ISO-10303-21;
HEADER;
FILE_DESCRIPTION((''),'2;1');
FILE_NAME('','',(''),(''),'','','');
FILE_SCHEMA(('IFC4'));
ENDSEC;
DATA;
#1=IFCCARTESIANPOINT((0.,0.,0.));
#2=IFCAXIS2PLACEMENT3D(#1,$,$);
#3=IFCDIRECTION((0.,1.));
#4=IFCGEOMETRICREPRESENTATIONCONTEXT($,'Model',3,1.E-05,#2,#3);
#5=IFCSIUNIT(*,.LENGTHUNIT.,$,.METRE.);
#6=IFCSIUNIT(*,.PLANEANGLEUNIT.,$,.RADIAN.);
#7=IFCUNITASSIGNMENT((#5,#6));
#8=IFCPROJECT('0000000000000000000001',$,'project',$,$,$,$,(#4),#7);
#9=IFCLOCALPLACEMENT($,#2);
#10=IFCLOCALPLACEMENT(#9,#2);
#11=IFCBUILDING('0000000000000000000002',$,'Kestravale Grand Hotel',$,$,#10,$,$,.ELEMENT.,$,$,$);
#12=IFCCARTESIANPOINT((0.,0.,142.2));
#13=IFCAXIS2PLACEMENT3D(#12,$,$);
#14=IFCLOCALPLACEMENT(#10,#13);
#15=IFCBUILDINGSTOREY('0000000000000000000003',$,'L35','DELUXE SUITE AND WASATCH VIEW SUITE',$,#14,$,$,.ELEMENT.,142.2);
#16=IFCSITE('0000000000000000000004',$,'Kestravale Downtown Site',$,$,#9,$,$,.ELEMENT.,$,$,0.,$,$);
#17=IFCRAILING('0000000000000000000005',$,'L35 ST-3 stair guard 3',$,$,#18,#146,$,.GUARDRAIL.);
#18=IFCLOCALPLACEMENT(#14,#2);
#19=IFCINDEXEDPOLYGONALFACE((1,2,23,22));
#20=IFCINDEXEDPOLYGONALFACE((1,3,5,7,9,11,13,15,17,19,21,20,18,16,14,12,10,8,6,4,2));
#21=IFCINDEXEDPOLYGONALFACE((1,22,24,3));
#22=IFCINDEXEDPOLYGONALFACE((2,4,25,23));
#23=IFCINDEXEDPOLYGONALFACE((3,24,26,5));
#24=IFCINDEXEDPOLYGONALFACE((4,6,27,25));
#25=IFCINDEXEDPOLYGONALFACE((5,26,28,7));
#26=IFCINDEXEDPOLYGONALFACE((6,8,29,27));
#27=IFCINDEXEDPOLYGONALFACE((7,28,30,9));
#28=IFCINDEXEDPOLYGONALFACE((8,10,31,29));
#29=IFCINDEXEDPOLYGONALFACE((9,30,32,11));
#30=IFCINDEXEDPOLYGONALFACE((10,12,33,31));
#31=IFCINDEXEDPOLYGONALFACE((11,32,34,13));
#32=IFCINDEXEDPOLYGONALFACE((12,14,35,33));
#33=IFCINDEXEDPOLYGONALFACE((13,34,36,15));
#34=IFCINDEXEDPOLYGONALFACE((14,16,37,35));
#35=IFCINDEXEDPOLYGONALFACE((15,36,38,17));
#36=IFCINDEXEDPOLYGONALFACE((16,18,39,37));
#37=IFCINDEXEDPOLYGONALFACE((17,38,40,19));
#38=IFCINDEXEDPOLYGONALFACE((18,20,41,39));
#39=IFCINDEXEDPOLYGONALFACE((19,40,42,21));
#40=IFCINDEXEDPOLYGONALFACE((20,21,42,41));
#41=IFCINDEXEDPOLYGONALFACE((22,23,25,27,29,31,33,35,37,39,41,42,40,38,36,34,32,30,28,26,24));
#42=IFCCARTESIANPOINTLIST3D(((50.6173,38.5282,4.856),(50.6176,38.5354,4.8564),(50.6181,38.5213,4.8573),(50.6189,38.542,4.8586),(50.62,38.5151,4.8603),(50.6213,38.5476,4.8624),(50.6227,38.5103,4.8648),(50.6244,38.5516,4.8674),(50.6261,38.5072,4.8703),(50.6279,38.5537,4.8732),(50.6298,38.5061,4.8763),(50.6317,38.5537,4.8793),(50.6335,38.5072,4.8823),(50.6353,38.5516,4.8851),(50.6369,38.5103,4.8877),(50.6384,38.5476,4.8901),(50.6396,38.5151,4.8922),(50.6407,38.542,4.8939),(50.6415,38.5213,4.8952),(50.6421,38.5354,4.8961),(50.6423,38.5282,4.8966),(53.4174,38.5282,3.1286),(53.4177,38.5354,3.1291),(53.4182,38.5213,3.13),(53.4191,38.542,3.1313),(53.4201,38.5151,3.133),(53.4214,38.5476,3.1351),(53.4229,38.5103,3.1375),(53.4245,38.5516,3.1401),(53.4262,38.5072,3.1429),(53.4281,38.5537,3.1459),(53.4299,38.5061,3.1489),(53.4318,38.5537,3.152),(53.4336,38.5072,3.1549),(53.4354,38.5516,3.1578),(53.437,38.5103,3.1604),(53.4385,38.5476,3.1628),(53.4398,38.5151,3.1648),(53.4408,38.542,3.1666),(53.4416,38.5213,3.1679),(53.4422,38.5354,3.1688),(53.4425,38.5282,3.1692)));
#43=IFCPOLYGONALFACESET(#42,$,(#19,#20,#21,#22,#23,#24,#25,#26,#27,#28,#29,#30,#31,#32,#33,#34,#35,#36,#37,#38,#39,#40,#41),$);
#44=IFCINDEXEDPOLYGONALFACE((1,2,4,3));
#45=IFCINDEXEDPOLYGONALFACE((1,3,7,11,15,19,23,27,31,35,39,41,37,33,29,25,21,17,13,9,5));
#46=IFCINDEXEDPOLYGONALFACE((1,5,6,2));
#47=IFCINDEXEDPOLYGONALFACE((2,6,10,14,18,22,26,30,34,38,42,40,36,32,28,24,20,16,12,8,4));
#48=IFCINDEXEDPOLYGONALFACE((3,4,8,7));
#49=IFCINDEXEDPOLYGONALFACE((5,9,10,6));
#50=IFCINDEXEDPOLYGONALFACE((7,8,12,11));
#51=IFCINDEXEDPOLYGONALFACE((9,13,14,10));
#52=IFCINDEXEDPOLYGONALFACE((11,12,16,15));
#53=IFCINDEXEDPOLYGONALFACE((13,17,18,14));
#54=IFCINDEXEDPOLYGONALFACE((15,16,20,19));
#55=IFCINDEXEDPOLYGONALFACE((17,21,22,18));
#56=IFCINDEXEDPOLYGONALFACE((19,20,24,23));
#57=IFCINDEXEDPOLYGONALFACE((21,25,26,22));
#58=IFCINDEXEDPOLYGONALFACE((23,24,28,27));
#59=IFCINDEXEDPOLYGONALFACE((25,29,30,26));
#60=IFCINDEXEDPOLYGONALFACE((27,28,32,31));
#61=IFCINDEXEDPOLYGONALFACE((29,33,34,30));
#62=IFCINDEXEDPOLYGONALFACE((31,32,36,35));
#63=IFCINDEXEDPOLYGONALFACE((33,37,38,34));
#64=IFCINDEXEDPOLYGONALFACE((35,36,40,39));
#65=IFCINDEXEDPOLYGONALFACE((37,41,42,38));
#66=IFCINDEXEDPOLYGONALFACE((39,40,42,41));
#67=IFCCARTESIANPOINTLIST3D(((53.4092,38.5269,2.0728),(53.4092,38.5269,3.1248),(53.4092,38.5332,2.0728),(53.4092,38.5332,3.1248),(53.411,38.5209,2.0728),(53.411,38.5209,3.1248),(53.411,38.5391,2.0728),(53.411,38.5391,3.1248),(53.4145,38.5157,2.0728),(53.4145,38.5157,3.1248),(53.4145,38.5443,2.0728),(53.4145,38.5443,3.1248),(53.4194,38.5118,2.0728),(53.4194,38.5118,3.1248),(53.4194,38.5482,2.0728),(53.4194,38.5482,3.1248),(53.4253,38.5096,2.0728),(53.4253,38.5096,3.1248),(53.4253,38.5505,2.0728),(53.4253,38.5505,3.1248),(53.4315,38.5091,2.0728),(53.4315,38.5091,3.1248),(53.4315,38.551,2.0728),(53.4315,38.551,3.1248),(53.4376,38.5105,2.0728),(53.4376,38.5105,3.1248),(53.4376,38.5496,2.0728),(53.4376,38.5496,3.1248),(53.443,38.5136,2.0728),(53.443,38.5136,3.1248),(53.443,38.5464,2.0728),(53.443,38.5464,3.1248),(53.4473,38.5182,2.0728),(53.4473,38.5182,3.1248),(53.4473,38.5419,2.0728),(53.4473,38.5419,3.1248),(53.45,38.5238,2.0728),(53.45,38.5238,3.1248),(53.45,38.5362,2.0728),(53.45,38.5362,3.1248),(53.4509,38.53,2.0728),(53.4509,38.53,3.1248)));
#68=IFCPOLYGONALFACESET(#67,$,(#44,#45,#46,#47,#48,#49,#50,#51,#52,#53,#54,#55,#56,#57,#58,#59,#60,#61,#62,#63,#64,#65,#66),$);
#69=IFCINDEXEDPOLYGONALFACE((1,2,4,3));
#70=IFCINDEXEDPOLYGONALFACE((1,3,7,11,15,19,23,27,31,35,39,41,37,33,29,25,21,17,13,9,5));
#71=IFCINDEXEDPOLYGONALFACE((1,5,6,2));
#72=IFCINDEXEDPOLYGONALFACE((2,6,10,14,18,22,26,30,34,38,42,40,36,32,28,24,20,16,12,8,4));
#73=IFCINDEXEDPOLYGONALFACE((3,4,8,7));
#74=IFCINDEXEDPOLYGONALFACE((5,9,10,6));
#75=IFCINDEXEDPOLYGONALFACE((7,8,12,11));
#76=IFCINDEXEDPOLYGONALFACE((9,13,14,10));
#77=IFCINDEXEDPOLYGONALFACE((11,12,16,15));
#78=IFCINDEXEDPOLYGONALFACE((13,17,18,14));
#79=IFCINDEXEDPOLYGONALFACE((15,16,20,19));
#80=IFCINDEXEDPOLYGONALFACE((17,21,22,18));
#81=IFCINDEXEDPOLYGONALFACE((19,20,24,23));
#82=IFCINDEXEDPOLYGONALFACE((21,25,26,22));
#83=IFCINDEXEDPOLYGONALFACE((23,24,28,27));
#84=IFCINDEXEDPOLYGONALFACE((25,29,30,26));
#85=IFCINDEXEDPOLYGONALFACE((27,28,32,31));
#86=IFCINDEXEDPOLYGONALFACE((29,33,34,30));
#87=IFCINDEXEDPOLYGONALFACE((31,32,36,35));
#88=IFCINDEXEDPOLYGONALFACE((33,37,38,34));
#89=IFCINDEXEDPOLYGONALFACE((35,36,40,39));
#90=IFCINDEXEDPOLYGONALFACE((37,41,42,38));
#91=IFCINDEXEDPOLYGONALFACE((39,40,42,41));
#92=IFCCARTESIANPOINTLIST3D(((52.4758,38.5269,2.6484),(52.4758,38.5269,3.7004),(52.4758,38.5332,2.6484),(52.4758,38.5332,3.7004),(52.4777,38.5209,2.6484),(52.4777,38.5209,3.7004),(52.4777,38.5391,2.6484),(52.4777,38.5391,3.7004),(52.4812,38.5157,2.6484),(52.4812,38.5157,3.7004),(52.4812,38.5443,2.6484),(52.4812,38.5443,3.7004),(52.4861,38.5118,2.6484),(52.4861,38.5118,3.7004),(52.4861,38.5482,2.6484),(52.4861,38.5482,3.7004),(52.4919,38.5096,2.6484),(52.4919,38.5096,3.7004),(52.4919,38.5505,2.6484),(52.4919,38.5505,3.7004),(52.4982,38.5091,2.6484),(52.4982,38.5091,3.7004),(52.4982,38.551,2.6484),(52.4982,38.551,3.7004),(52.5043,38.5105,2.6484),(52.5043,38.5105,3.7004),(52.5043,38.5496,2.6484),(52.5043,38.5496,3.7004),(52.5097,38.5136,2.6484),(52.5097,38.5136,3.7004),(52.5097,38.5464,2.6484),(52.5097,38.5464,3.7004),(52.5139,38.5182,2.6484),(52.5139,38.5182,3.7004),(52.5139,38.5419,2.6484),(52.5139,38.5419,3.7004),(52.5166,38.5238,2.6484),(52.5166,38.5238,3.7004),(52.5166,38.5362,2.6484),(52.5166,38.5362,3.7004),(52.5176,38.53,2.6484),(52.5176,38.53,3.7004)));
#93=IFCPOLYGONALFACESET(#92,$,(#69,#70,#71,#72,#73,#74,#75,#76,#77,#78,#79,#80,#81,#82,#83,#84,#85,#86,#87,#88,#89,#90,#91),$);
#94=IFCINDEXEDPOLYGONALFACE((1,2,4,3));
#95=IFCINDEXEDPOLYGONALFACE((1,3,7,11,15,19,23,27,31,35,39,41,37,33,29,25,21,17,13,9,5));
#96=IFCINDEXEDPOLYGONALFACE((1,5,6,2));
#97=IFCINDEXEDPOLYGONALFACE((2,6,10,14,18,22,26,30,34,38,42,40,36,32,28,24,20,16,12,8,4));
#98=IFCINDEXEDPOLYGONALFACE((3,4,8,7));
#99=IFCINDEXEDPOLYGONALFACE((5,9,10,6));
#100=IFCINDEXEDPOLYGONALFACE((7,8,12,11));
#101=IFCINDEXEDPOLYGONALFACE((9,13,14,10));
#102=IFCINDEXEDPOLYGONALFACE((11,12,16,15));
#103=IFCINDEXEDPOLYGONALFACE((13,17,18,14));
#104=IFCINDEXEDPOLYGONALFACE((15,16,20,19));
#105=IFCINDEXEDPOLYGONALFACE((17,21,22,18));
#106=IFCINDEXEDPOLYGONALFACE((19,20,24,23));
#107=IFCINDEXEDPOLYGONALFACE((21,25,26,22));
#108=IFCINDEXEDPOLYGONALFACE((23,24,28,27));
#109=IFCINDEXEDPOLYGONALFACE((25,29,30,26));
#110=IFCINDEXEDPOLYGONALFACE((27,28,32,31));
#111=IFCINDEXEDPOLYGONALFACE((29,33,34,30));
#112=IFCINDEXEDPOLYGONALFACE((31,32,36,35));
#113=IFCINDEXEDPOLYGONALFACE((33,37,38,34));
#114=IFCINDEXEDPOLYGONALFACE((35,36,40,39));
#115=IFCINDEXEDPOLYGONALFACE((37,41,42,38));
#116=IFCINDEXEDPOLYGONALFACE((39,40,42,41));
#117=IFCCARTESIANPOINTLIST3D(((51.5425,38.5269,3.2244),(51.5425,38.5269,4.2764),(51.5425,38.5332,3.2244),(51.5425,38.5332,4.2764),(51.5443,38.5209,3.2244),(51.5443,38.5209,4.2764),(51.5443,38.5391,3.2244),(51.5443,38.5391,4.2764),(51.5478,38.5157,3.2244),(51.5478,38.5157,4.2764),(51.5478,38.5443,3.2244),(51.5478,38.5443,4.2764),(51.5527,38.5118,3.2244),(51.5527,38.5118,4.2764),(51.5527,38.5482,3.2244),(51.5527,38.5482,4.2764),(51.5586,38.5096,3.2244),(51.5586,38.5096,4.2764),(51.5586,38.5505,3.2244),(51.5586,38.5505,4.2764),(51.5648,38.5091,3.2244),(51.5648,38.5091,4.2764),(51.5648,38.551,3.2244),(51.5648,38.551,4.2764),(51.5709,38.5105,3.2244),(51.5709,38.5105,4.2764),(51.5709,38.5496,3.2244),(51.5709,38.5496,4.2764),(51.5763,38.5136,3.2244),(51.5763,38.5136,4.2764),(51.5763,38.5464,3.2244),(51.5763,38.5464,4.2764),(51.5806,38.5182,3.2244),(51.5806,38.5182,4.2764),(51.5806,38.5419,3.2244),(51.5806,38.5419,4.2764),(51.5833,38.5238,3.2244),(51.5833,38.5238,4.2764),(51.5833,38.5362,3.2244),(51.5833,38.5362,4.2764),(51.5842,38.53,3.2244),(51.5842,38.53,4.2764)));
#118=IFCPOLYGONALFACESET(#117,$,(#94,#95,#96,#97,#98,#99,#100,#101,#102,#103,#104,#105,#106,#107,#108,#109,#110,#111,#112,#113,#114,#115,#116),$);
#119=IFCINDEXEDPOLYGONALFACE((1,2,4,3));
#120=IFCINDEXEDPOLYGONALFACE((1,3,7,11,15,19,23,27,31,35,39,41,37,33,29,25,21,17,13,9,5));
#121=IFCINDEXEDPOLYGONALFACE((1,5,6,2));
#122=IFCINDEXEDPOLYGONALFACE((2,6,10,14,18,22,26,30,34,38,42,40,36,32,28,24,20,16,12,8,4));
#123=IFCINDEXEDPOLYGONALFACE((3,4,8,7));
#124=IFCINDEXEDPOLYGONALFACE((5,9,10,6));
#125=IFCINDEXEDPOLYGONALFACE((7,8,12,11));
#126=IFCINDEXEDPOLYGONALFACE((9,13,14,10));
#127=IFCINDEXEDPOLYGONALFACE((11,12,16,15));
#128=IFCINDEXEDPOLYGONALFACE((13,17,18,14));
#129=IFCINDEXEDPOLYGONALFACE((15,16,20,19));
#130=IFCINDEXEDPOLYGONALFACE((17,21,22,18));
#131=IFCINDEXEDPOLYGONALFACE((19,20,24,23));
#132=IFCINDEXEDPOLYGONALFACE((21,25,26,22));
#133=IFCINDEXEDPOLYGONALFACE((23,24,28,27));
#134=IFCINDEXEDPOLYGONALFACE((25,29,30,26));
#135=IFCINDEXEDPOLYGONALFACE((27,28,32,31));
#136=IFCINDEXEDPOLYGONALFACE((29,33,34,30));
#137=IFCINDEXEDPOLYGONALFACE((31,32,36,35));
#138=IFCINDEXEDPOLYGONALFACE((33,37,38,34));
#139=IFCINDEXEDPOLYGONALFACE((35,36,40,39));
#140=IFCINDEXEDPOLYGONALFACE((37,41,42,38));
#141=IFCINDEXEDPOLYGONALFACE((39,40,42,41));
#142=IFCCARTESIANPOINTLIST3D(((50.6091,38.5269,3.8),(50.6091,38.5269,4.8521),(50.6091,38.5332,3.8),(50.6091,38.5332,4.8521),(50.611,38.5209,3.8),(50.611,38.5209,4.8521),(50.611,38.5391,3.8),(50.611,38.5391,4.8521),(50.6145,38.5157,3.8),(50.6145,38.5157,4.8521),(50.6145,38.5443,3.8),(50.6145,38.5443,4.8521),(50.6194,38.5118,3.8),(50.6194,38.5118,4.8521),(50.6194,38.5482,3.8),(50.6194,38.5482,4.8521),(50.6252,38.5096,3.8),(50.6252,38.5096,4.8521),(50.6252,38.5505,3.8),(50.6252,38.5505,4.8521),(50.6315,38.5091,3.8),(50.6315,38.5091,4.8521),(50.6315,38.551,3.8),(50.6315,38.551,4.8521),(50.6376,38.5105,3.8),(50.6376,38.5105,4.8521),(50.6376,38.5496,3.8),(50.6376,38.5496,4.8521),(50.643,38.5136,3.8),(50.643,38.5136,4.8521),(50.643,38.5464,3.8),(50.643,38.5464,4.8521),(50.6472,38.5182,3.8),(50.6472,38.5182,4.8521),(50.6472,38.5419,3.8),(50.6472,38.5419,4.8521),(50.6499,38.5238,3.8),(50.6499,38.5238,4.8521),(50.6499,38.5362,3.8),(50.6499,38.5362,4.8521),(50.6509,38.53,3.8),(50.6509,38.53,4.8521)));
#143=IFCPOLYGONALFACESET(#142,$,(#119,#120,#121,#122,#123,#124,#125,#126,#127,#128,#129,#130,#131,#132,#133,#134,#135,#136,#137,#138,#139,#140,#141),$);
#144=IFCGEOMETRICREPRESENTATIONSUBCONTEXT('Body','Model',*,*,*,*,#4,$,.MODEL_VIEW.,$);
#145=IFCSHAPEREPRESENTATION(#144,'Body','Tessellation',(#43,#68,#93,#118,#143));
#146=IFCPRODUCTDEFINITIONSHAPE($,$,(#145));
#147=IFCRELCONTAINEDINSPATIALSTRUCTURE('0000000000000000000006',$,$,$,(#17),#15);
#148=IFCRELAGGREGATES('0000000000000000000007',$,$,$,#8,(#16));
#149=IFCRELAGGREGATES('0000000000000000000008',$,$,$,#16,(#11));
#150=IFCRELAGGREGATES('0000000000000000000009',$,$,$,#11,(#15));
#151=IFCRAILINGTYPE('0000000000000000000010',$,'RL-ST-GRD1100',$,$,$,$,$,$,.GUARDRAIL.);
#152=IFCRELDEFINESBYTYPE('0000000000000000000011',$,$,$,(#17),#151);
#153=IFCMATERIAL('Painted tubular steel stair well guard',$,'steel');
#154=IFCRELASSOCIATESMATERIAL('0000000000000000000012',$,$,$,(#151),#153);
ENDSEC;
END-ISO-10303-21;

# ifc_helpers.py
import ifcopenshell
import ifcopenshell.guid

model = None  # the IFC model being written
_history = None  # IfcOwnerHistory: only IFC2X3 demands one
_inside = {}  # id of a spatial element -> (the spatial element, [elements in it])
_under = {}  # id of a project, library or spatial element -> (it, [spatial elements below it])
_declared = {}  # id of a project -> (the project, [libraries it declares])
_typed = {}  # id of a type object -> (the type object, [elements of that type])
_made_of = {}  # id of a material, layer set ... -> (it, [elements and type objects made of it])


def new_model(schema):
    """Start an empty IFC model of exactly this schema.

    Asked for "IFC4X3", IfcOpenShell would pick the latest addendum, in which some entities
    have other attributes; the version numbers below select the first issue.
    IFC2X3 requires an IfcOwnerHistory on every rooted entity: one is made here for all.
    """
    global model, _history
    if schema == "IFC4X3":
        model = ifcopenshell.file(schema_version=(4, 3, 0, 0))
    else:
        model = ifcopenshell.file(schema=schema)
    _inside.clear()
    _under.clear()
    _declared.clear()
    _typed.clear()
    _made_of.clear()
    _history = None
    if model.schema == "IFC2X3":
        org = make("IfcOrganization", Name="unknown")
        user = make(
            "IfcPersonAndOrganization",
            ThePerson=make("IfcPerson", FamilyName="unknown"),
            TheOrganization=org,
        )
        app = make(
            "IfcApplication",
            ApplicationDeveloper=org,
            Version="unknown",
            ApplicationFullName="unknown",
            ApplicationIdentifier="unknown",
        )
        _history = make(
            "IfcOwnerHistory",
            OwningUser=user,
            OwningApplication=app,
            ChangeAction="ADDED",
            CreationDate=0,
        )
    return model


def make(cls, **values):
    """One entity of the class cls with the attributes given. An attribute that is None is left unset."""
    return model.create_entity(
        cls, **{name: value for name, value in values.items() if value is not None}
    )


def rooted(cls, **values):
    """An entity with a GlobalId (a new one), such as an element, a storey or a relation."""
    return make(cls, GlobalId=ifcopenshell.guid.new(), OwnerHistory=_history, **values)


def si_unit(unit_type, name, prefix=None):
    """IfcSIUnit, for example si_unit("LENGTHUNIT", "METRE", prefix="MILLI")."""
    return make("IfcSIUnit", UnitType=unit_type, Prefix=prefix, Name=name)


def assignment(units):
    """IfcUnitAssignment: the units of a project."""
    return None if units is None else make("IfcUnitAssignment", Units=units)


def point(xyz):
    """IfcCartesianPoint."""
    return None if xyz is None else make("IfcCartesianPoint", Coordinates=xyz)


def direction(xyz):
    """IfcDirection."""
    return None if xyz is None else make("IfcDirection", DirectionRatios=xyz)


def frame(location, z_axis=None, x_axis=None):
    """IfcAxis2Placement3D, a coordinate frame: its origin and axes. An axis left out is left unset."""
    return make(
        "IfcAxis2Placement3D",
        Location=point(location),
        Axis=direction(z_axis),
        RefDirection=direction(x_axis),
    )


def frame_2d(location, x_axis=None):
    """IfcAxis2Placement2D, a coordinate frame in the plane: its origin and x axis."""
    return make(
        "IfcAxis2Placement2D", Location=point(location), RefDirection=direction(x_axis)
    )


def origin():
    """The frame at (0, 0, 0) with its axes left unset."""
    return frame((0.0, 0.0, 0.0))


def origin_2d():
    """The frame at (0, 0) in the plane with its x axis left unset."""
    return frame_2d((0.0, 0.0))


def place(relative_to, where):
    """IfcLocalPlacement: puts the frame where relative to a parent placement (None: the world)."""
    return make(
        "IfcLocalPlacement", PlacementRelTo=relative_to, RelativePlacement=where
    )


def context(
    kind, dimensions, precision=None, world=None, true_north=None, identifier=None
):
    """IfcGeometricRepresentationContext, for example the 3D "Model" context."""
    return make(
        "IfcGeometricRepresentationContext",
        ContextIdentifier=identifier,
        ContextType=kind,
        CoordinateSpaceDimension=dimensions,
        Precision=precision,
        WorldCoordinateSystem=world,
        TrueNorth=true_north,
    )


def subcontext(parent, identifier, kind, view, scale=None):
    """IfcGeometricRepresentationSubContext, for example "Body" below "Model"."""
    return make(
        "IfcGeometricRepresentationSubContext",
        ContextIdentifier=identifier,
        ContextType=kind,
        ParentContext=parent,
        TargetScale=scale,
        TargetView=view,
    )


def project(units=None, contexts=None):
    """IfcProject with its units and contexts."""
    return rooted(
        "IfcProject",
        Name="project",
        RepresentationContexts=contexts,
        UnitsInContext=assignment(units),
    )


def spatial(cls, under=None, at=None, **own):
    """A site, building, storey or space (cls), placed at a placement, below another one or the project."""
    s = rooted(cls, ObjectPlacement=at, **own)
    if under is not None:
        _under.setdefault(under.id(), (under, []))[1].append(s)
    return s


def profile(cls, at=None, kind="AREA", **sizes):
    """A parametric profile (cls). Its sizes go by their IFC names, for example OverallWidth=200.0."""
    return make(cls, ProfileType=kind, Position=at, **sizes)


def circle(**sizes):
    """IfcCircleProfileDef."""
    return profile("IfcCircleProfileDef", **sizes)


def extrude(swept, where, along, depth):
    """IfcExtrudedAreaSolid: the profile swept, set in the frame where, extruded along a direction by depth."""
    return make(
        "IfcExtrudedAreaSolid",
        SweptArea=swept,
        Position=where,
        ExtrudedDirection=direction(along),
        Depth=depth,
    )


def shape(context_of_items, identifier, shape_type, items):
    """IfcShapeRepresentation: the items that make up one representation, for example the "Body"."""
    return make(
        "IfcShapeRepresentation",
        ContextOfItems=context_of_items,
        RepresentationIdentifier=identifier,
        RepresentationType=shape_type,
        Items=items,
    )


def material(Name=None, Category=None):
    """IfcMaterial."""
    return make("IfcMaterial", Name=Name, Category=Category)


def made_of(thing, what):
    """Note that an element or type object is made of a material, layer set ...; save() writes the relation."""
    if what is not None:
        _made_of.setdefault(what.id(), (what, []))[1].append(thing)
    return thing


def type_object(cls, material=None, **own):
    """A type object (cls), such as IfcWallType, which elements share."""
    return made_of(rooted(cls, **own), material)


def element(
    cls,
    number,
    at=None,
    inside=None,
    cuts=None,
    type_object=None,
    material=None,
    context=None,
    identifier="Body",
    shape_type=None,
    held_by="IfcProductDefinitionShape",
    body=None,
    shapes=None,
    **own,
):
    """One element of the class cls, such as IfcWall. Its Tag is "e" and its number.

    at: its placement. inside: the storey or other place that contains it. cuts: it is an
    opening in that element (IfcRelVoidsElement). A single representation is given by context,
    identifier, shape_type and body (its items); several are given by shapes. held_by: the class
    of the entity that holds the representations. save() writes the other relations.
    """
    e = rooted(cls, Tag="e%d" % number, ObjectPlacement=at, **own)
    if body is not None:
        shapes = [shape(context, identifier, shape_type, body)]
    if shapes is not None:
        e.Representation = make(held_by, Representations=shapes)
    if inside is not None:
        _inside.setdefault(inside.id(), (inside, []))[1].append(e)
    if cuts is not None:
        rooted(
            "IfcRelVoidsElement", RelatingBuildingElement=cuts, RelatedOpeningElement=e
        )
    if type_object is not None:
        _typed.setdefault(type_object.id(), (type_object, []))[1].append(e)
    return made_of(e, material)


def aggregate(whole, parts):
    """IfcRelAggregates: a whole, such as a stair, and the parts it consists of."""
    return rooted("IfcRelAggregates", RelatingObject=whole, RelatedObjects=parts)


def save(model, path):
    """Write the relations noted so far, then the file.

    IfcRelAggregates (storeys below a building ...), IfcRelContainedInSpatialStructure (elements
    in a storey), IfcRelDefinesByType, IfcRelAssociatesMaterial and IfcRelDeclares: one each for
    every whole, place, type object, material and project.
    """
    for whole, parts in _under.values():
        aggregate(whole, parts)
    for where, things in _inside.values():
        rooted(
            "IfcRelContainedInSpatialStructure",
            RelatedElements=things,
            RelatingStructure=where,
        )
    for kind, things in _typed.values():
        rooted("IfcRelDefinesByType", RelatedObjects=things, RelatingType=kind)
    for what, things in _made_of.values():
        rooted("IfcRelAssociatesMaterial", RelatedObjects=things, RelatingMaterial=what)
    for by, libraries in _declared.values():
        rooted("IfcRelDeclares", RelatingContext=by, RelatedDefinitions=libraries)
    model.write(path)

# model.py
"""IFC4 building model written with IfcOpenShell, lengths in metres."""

from ifc_helpers import new_model, si_unit, direction, frame, origin, origin_2d, place, context, subcontext, project, spatial, circle, extrude, material, type_object, element, save


model = new_model("IFC4")

# Units and contexts
model_context = context("Model", 3, precision=1e-05, world=origin(), true_north=direction((0.0, 1.0)))
body_context = subcontext(model_context, "Body", "Model", "MODEL_VIEW")
ifc_project = project(units=[si_unit("LENGTHUNIT", "METRE"), si_unit("PLANEANGLEUNIT", "RADIAN")], contexts=[model_context])

# Site, building, storey
site_placement = place(None, origin())
site = spatial("IfcSite", under=ifc_project, at=site_placement, Name="Kestravale Downtown Site", CompositionType="ELEMENT", RefElevation=0.0)
building_placement = place(site_placement, origin())
building = spatial("IfcBuilding", under=site, at=building_placement, Name="Kestravale Grand Hotel", CompositionType="ELEMENT")
storey_placement = place(building_placement, frame((0.0, 0.0, 142.2)))
storey = spatial("IfcBuildingStorey", under=building, at=storey_placement, Name="L35", Description="DELUXE SUITE AND WASATCH VIEW SUITE", CompositionType="ELEMENT", Elevation=142.2)

# Railing
ifc_material_1 = material(Name="Painted tubular steel stair well guard", Category="steel")
railing_type_1 = type_object("IfcRailingType", Name="RL-ST-GRD1100", PredefinedType="GUARDRAIL", material=ifc_material_1)
railing_1_placement = place(storey_placement, frame((53.4299, 38.53, 2.0728)))
element("IfcRailing", 1, at=railing_1_placement, inside=storey, type_object=railing_type_1, Name="L35 ST-3 stair guard 3", PredefinedType="GUARDRAIL", context=body_context, shape_type="SweptSolid", body=[
    extrude(circle(Radius=0.0239, at=origin_2d()), frame((0.0, 0.0, 1.0762), z_axis=(-0.85109, 0.0, 0.52502), x_axis=(0.0, -1.0, 0.0)), (0.0, 0.0, 1.0), 3.29),
    extrude(circle(Radius=0.021, at=origin_2d()), origin(), (0.0, 0.0, 1.0), 1.052),
    extrude(circle(Radius=0.021, at=origin_2d()), frame((-0.9333, 0.0, 0.5757)), (0.0, 0.0, 1.0), 1.052),
    extrude(circle(Radius=0.021, at=origin_2d()), frame((-1.8667, 0.0, 1.1516)), (0.0, 0.0, 1.0), 1.052),
    extrude(circle(Radius=0.021, at=origin_2d()), frame((-2.8, 0.0, 1.7273)), (0.0, 0.0, 1.0), 1.052),
])

save(model, "model.ifc")
